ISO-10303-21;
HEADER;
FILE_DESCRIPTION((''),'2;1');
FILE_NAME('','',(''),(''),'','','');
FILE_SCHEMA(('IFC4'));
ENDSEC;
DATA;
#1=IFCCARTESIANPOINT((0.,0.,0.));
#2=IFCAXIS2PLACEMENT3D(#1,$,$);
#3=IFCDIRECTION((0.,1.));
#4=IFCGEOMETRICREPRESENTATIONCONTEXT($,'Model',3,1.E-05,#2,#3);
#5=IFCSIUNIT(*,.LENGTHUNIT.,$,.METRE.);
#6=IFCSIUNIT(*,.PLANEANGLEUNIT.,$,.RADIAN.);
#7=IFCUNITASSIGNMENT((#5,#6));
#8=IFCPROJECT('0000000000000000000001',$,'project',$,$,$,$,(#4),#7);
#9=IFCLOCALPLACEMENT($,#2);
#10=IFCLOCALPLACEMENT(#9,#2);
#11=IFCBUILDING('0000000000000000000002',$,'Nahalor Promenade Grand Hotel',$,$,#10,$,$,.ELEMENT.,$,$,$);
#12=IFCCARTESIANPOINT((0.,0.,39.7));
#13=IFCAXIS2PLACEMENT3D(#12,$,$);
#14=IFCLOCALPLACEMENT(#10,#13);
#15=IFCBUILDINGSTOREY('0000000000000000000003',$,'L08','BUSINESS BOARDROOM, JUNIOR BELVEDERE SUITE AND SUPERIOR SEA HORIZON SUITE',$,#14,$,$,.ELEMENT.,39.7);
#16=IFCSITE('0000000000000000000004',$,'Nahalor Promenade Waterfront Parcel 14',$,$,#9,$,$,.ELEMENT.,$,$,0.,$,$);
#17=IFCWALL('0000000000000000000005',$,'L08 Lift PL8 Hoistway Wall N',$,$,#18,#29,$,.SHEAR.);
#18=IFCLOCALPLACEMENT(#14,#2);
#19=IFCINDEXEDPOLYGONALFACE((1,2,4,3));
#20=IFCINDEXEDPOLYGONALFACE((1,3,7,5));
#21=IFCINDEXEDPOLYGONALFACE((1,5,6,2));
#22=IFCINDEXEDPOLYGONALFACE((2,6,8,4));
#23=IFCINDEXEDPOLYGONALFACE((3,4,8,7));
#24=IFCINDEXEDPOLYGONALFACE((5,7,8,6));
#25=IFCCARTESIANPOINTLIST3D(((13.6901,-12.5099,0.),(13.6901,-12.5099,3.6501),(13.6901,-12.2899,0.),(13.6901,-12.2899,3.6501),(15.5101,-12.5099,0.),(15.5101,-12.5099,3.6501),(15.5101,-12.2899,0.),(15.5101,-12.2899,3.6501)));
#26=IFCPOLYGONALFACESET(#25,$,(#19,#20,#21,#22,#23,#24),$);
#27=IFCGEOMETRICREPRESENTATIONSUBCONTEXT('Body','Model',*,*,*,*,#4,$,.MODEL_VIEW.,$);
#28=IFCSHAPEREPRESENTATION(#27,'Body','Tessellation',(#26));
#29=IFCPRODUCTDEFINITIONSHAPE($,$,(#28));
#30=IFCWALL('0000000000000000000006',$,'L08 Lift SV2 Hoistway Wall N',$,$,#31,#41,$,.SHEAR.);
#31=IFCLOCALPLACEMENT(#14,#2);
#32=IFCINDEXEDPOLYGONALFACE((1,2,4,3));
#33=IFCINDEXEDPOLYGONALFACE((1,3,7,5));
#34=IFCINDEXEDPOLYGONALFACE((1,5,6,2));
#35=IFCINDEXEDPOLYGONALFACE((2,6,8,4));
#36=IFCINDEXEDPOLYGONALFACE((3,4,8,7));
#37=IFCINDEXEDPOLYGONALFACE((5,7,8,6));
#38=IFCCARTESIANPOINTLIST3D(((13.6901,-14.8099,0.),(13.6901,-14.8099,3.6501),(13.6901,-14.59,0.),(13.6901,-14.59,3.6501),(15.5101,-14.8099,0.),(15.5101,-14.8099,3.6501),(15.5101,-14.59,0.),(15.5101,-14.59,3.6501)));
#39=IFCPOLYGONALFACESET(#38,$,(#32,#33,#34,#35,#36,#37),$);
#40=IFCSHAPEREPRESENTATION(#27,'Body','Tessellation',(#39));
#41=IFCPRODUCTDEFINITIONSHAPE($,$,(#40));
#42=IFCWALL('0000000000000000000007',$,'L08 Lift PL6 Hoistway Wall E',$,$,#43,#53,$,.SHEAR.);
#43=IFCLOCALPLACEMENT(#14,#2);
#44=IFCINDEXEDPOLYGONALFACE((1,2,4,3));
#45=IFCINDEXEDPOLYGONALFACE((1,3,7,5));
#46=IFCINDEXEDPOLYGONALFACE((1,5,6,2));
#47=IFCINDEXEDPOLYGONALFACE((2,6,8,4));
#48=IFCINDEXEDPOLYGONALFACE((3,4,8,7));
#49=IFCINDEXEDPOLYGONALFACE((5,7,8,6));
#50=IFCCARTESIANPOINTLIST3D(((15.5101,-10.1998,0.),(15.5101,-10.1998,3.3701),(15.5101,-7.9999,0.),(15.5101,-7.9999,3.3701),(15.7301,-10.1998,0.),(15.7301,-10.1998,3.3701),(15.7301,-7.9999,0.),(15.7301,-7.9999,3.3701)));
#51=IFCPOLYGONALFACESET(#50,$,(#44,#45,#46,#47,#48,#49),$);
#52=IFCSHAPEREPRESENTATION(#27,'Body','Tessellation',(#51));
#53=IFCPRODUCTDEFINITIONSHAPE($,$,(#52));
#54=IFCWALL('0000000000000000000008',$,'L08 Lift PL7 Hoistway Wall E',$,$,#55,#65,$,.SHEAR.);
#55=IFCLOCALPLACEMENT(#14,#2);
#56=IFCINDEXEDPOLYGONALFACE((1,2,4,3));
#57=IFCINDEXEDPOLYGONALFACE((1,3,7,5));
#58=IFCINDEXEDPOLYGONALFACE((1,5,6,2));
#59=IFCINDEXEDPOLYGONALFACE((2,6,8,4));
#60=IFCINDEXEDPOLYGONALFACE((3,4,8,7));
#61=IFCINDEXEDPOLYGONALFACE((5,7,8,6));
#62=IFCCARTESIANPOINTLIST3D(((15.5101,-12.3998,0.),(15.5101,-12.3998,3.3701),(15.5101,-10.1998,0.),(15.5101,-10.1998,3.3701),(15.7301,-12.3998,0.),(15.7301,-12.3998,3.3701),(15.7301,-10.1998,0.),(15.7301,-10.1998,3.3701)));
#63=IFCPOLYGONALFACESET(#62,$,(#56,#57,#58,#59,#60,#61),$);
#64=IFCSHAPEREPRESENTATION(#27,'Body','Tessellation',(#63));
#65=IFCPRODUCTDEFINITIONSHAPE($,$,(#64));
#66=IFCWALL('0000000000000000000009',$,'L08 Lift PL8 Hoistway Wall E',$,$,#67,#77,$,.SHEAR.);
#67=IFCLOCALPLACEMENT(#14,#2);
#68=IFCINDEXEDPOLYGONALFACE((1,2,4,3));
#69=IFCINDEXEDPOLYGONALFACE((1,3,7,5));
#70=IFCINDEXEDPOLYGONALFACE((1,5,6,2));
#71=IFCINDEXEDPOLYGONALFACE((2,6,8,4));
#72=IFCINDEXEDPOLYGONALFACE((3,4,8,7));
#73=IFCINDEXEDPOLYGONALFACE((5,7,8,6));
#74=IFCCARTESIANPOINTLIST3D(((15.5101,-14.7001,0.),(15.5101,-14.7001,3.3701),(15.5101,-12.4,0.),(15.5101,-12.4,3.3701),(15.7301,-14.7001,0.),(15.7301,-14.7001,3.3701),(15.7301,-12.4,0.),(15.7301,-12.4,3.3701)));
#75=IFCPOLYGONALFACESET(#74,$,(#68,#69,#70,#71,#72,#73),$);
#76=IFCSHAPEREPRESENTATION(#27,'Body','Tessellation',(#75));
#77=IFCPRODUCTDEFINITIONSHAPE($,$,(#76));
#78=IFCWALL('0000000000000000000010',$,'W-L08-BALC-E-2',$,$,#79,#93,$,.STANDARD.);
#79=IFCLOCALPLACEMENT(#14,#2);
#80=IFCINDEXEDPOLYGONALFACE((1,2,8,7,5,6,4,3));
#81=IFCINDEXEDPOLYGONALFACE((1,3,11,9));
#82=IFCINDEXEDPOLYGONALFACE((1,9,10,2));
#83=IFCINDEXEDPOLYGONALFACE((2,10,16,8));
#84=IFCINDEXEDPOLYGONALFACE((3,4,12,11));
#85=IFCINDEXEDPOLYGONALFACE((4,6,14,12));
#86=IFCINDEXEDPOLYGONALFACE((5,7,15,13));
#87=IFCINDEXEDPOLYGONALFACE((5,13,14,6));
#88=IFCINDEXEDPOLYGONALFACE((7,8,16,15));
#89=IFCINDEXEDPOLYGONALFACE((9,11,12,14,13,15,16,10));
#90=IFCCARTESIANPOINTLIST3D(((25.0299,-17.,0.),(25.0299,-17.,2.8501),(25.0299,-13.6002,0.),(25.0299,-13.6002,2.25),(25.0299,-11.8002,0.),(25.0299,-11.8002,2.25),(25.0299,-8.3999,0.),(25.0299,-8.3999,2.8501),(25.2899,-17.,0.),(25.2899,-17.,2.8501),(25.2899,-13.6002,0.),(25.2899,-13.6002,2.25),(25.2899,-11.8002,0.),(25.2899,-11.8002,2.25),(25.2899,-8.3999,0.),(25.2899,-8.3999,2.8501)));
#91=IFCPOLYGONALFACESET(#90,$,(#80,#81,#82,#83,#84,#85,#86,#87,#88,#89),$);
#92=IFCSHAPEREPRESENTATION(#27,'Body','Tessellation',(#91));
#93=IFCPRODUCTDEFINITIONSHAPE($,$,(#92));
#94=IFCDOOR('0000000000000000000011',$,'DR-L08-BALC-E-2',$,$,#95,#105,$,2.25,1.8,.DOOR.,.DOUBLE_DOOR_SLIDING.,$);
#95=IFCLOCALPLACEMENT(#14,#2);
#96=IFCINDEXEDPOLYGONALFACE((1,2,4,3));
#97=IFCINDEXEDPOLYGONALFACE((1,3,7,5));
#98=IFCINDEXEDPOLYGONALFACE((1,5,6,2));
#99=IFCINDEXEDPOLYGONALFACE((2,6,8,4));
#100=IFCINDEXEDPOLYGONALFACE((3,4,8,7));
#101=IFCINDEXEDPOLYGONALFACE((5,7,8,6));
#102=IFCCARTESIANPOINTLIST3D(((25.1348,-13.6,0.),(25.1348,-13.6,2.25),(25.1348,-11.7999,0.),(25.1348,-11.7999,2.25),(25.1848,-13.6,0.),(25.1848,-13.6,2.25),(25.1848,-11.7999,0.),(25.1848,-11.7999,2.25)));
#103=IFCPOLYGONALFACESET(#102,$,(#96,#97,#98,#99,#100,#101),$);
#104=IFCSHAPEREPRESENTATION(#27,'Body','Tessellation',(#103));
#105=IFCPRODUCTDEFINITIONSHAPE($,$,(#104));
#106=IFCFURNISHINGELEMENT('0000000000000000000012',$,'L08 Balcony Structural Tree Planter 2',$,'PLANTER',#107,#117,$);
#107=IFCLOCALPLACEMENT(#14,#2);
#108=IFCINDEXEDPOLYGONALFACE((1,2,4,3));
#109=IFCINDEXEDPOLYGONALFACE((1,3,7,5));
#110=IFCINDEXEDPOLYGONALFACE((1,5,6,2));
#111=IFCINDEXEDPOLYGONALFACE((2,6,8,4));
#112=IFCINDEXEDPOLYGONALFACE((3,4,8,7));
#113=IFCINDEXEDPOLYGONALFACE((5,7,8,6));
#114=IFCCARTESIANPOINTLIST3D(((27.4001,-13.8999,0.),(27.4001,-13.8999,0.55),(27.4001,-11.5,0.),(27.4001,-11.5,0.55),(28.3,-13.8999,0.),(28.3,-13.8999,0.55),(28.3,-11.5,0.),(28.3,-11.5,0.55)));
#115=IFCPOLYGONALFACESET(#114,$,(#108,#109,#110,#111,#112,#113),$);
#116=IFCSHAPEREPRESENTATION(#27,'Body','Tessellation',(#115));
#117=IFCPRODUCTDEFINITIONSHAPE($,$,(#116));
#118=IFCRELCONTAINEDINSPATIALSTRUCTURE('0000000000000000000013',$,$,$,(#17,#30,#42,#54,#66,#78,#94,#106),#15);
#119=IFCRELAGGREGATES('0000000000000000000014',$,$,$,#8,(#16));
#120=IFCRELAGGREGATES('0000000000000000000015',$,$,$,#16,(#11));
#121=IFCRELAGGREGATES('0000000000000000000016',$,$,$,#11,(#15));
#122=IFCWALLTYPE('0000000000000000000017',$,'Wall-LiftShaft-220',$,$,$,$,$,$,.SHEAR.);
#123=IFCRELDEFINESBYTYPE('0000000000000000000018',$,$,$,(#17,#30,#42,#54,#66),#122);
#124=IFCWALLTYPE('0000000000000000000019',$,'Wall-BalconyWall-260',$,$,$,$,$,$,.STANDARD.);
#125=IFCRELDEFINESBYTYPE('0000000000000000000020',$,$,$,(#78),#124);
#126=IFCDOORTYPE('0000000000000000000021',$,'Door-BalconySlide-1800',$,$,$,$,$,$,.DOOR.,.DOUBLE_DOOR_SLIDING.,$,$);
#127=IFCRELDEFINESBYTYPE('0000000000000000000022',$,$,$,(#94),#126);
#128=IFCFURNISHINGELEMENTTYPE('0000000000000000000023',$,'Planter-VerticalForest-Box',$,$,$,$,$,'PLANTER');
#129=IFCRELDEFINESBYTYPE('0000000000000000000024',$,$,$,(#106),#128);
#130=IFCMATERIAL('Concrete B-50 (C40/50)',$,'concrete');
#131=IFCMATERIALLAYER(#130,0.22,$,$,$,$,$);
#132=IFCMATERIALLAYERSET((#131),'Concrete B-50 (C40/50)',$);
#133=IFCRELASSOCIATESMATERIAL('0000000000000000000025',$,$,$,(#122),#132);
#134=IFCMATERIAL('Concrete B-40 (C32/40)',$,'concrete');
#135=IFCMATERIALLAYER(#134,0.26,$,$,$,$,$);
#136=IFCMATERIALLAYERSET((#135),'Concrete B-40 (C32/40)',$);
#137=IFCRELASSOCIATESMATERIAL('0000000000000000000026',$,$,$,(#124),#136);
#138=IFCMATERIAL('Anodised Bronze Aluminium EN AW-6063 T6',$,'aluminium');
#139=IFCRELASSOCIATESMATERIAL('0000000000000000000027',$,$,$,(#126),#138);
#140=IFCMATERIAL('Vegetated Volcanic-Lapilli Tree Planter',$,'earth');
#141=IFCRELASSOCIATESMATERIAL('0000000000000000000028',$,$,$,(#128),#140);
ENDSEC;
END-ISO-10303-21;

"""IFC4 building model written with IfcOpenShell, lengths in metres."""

from ifc_helpers import new_model, si_unit, direction, frame, frame_2d, origin, origin_2d, place, context, subcontext, project, spatial, rectangle, extrude, source, transform, mapped, material, layer, layer_set, type_object, element, fill, save


model = new_model("IFC4")

# Units and contexts
model_context = context("Model", 3, precision=1e-05, world=origin(), true_north=direction((0.0, 1.0)))
body_context = subcontext(model_context, "Body", "Model", "MODEL_VIEW")
ifc_project = project(units=[si_unit("LENGTHUNIT", "METRE"), si_unit("PLANEANGLEUNIT", "RADIAN")], contexts=[model_context])

# Site, building, storey
site_placement = place(None, origin())
site = spatial("IfcSite", under=ifc_project, at=site_placement, Name="Nahalor Promenade Waterfront Parcel 14", CompositionType="ELEMENT", RefElevation=0.0)
building_placement = place(site_placement, origin())
building = spatial("IfcBuilding", under=site, at=building_placement, Name="Nahalor Promenade Grand Hotel", CompositionType="ELEMENT")
storey_placement = place(building_placement, frame((0.0, 0.0, 39.7)))
storey = spatial("IfcBuildingStorey", under=building, at=storey_placement, Name="L08", Description="BUSINESS BOARDROOM, JUNIOR BELVEDERE SUITE AND SUPERIOR SEA HORIZON SUITE", CompositionType="ELEMENT", Elevation=39.7)

# Shared definitions
ifc_material_1 = material(Name="Anodised Bronze Aluminium EN AW-6063 T6", Category="aluminium")

# Walls
ifc_material_2 = material(Name="Concrete B-50 (C40/50)", Category="concrete")
ifc_layer_1 = layer(ifc_material_2, 0.22)
ifc_layer_set_1 = layer_set([ifc_layer_1], Name="Concrete B-50 (C40/50)")
wall_type_1 = type_object("IfcWallType", Name="Wall-LiftShaft-220", PredefinedType="SHEAR", material=ifc_layer_set_1)
shared_shape_1 = source(origin(), body_context, "Body", "SweptSolid", [
    extrude(rectangle(XDim=1.8201, YDim=0.22, at=frame_2d((0.9102, 0.0))), origin(), (0.0, 0.0, 1.0), 3.6501),
])
for number, where, z_axis, x_axis, name in (
    (1, (13.6899, -12.3999, 0.0), (0.0, 0.0, 1.0), (1.0, 0.0, 0.0), "L08 Lift PL8 Hoistway Wall N"),
    (2, (13.6899, -14.7, 0.0), (0.0, 0.0, 1.0), (1.0, 0.0, 0.0), "L08 Lift SV2 Hoistway Wall N"),
):
    element("IfcWall", number, at=place(storey_placement, frame(where, z_axis=z_axis, x_axis=x_axis)), inside=storey, type_object=wall_type_1, Name=name, PredefinedType="SHEAR", context=body_context, shape_type="MappedRepresentation", body=[
        mapped(shared_shape_1, transform((0.0, 0.0, 0.0), scale=1.0)),
    ])
shared_shape_2 = source(origin(), body_context, "Body", "SweptSolid", [
    extrude(rectangle(XDim=2.2, YDim=0.22, at=frame_2d((1.1001, 0.0))), origin(), (0.0, 0.0, 1.0), 3.3701),
])
for number, where, z_axis, x_axis, name in (
    (3, (15.6201, -10.2, 0.0), (0.0, 0.0, 1.0), (0.0, 1.0, 0.0), "L08 Lift PL6 Hoistway Wall E"),
    (4, (15.6201, -12.3999, 0.0), (0.0, 0.0, 1.0), (0.0, 1.0, 0.0), "L08 Lift PL7 Hoistway Wall E"),
):
    element("IfcWall", number, at=place(storey_placement, frame(where, z_axis=z_axis, x_axis=x_axis)), inside=storey, type_object=wall_type_1, Name=name, PredefinedType="SHEAR", context=body_context, shape_type="MappedRepresentation", body=[
        mapped(shared_shape_2, transform((0.0, 0.0, 0.0), scale=1.0)),
    ])
shared_shape_3 = source(origin(), body_context, "Body", "SweptSolid", [
    extrude(rectangle(XDim=2.3, YDim=0.22, at=frame_2d((1.1499, 0.0))), origin(), (0.0, 0.0, 1.0), 3.3701),
])
wall_1_placement = place(storey_placement, frame((15.6201, -14.7, 0.0), z_axis=(0.0, 0.0, 1.0), x_axis=(0.0, 1.0, 0.0)))
element("IfcWall", 5, at=wall_1_placement, inside=storey, type_object=wall_type_1, Name="L08 Lift PL8 Hoistway Wall E", PredefinedType="SHEAR", context=body_context, shape_type="MappedRepresentation", body=[
    mapped(shared_shape_3, transform((0.0, 0.0, 0.0), scale=1.0)),
])

# Wall, opening, door
ifc_material_3 = material(Name="Concrete B-40 (C32/40)", Category="concrete")
ifc_layer_2 = layer(ifc_material_3, 0.26)
ifc_layer_set_2 = layer_set([ifc_layer_2], Name="Concrete B-40 (C32/40)")
wall_type_2 = type_object("IfcWallType", Name="Wall-BalconyWall-260", PredefinedType="STANDARD", material=ifc_layer_set_2)
shared_shape_4 = source(origin(), body_context, "Body", "SweptSolid", [
    extrude(rectangle(XDim=8.6001, YDim=0.26, at=frame_2d((4.3, 0.0))), origin(), (0.0, 0.0, 1.0), 2.8501),
])
wall_2_placement = place(storey_placement, frame((25.1599, -17.0, 0.0), z_axis=(0.0, 0.0, 1.0), x_axis=(0.0, 1.0, 0.0)))
wall_2 = element("IfcWall", 6, at=wall_2_placement, inside=storey, type_object=wall_type_2, Name="W-L08-BALC-E-2", PredefinedType="STANDARD", context=body_context, shape_type="MappedRepresentation", body=[
    mapped(shared_shape_4, transform((0.0, 0.0, 0.0), scale=1.0)),
])
opening_placement = place(wall_2_placement, frame((3.3999, 0.0, 0.0)))
opening = element("IfcOpeningElement", 7, at=opening_placement, cuts=wall_2, PredefinedType="OPENING", context=body_context, shape_type="SweptSolid", body=[
    extrude(rectangle(XDim=1.8, YDim=2.25, at=frame_2d((0.8999, 1.125))), frame((0.0, 0.1399, 0.0), z_axis=(0.0, -1.0, 0.0), x_axis=(1.0, 0.0, 0.0)), (0.0, 0.0, 1.0), 0.28),
])
door_type = type_object("IfcDoorType", Name="Door-BalconySlide-1800", OperationType="DOUBLE_DOOR_SLIDING", PredefinedType="DOOR", material=ifc_material_1)
shared_shape_5 = source(origin(), body_context, "Body", "SweptSolid", [
    extrude(rectangle(XDim=1.8, YDim=2.25, at=frame_2d((0.8999, 1.125))), frame((0.0, 0.0249, 0.0), z_axis=(0.0, -1.0, 0.0), x_axis=(1.0, 0.0, 0.0)), (0.0, 0.0, 1.0), 0.05),
])
door_placement = place(opening_placement, frame((1.8, 0.0, 0.0), z_axis=(0.0, 0.0, 1.0), x_axis=(-1.0, 0.0, 0.0)))
door = element("IfcDoor", 8, at=door_placement, inside=storey, type_object=door_type, Name="DR-L08-BALC-E-2", OperationType="DOUBLE_DOOR_SLIDING", OverallHeight=2.25, OverallWidth=1.8, PredefinedType="DOOR", context=body_context, shape_type="MappedRepresentation", body=[
    mapped(shared_shape_5, transform((0.0, 0.0, 0.0), scale=1.0)),
])
fill(opening, door)

# Furnishing element
ifc_material_4 = material(Name="Vegetated Volcanic-Lapilli Tree Planter", Category="earth")
furnishing_element_type = type_object("IfcFurnishingElementType", Name="Planter-VerticalForest-Box", ElementType="PLANTER", material=ifc_material_4)
shared_shape_6 = source(origin(), body_context, "Body", "SweptSolid", [
    extrude(rectangle(XDim=2.3999, YDim=0.8999, at=origin_2d()), origin(), (0.0, 0.0, 1.0), 0.55),
])
furnishing_placement = place(storey_placement, frame((27.8501, -12.7, 0.0), z_axis=(0.0, 0.0, 1.0), x_axis=(0.0, 1.0, 0.0)))
element("IfcFurnishingElement", 9, at=furnishing_placement, inside=storey, type_object=furnishing_element_type, Name="L08 Balcony Structural Tree Planter 2", ObjectType="PLANTER", context=body_context, shape_type="MappedRepresentation", body=[
    mapped(shared_shape_6, transform((0.0, 0.0, 0.0), scale=1.0)),
])

save(model, "model.ifc")
